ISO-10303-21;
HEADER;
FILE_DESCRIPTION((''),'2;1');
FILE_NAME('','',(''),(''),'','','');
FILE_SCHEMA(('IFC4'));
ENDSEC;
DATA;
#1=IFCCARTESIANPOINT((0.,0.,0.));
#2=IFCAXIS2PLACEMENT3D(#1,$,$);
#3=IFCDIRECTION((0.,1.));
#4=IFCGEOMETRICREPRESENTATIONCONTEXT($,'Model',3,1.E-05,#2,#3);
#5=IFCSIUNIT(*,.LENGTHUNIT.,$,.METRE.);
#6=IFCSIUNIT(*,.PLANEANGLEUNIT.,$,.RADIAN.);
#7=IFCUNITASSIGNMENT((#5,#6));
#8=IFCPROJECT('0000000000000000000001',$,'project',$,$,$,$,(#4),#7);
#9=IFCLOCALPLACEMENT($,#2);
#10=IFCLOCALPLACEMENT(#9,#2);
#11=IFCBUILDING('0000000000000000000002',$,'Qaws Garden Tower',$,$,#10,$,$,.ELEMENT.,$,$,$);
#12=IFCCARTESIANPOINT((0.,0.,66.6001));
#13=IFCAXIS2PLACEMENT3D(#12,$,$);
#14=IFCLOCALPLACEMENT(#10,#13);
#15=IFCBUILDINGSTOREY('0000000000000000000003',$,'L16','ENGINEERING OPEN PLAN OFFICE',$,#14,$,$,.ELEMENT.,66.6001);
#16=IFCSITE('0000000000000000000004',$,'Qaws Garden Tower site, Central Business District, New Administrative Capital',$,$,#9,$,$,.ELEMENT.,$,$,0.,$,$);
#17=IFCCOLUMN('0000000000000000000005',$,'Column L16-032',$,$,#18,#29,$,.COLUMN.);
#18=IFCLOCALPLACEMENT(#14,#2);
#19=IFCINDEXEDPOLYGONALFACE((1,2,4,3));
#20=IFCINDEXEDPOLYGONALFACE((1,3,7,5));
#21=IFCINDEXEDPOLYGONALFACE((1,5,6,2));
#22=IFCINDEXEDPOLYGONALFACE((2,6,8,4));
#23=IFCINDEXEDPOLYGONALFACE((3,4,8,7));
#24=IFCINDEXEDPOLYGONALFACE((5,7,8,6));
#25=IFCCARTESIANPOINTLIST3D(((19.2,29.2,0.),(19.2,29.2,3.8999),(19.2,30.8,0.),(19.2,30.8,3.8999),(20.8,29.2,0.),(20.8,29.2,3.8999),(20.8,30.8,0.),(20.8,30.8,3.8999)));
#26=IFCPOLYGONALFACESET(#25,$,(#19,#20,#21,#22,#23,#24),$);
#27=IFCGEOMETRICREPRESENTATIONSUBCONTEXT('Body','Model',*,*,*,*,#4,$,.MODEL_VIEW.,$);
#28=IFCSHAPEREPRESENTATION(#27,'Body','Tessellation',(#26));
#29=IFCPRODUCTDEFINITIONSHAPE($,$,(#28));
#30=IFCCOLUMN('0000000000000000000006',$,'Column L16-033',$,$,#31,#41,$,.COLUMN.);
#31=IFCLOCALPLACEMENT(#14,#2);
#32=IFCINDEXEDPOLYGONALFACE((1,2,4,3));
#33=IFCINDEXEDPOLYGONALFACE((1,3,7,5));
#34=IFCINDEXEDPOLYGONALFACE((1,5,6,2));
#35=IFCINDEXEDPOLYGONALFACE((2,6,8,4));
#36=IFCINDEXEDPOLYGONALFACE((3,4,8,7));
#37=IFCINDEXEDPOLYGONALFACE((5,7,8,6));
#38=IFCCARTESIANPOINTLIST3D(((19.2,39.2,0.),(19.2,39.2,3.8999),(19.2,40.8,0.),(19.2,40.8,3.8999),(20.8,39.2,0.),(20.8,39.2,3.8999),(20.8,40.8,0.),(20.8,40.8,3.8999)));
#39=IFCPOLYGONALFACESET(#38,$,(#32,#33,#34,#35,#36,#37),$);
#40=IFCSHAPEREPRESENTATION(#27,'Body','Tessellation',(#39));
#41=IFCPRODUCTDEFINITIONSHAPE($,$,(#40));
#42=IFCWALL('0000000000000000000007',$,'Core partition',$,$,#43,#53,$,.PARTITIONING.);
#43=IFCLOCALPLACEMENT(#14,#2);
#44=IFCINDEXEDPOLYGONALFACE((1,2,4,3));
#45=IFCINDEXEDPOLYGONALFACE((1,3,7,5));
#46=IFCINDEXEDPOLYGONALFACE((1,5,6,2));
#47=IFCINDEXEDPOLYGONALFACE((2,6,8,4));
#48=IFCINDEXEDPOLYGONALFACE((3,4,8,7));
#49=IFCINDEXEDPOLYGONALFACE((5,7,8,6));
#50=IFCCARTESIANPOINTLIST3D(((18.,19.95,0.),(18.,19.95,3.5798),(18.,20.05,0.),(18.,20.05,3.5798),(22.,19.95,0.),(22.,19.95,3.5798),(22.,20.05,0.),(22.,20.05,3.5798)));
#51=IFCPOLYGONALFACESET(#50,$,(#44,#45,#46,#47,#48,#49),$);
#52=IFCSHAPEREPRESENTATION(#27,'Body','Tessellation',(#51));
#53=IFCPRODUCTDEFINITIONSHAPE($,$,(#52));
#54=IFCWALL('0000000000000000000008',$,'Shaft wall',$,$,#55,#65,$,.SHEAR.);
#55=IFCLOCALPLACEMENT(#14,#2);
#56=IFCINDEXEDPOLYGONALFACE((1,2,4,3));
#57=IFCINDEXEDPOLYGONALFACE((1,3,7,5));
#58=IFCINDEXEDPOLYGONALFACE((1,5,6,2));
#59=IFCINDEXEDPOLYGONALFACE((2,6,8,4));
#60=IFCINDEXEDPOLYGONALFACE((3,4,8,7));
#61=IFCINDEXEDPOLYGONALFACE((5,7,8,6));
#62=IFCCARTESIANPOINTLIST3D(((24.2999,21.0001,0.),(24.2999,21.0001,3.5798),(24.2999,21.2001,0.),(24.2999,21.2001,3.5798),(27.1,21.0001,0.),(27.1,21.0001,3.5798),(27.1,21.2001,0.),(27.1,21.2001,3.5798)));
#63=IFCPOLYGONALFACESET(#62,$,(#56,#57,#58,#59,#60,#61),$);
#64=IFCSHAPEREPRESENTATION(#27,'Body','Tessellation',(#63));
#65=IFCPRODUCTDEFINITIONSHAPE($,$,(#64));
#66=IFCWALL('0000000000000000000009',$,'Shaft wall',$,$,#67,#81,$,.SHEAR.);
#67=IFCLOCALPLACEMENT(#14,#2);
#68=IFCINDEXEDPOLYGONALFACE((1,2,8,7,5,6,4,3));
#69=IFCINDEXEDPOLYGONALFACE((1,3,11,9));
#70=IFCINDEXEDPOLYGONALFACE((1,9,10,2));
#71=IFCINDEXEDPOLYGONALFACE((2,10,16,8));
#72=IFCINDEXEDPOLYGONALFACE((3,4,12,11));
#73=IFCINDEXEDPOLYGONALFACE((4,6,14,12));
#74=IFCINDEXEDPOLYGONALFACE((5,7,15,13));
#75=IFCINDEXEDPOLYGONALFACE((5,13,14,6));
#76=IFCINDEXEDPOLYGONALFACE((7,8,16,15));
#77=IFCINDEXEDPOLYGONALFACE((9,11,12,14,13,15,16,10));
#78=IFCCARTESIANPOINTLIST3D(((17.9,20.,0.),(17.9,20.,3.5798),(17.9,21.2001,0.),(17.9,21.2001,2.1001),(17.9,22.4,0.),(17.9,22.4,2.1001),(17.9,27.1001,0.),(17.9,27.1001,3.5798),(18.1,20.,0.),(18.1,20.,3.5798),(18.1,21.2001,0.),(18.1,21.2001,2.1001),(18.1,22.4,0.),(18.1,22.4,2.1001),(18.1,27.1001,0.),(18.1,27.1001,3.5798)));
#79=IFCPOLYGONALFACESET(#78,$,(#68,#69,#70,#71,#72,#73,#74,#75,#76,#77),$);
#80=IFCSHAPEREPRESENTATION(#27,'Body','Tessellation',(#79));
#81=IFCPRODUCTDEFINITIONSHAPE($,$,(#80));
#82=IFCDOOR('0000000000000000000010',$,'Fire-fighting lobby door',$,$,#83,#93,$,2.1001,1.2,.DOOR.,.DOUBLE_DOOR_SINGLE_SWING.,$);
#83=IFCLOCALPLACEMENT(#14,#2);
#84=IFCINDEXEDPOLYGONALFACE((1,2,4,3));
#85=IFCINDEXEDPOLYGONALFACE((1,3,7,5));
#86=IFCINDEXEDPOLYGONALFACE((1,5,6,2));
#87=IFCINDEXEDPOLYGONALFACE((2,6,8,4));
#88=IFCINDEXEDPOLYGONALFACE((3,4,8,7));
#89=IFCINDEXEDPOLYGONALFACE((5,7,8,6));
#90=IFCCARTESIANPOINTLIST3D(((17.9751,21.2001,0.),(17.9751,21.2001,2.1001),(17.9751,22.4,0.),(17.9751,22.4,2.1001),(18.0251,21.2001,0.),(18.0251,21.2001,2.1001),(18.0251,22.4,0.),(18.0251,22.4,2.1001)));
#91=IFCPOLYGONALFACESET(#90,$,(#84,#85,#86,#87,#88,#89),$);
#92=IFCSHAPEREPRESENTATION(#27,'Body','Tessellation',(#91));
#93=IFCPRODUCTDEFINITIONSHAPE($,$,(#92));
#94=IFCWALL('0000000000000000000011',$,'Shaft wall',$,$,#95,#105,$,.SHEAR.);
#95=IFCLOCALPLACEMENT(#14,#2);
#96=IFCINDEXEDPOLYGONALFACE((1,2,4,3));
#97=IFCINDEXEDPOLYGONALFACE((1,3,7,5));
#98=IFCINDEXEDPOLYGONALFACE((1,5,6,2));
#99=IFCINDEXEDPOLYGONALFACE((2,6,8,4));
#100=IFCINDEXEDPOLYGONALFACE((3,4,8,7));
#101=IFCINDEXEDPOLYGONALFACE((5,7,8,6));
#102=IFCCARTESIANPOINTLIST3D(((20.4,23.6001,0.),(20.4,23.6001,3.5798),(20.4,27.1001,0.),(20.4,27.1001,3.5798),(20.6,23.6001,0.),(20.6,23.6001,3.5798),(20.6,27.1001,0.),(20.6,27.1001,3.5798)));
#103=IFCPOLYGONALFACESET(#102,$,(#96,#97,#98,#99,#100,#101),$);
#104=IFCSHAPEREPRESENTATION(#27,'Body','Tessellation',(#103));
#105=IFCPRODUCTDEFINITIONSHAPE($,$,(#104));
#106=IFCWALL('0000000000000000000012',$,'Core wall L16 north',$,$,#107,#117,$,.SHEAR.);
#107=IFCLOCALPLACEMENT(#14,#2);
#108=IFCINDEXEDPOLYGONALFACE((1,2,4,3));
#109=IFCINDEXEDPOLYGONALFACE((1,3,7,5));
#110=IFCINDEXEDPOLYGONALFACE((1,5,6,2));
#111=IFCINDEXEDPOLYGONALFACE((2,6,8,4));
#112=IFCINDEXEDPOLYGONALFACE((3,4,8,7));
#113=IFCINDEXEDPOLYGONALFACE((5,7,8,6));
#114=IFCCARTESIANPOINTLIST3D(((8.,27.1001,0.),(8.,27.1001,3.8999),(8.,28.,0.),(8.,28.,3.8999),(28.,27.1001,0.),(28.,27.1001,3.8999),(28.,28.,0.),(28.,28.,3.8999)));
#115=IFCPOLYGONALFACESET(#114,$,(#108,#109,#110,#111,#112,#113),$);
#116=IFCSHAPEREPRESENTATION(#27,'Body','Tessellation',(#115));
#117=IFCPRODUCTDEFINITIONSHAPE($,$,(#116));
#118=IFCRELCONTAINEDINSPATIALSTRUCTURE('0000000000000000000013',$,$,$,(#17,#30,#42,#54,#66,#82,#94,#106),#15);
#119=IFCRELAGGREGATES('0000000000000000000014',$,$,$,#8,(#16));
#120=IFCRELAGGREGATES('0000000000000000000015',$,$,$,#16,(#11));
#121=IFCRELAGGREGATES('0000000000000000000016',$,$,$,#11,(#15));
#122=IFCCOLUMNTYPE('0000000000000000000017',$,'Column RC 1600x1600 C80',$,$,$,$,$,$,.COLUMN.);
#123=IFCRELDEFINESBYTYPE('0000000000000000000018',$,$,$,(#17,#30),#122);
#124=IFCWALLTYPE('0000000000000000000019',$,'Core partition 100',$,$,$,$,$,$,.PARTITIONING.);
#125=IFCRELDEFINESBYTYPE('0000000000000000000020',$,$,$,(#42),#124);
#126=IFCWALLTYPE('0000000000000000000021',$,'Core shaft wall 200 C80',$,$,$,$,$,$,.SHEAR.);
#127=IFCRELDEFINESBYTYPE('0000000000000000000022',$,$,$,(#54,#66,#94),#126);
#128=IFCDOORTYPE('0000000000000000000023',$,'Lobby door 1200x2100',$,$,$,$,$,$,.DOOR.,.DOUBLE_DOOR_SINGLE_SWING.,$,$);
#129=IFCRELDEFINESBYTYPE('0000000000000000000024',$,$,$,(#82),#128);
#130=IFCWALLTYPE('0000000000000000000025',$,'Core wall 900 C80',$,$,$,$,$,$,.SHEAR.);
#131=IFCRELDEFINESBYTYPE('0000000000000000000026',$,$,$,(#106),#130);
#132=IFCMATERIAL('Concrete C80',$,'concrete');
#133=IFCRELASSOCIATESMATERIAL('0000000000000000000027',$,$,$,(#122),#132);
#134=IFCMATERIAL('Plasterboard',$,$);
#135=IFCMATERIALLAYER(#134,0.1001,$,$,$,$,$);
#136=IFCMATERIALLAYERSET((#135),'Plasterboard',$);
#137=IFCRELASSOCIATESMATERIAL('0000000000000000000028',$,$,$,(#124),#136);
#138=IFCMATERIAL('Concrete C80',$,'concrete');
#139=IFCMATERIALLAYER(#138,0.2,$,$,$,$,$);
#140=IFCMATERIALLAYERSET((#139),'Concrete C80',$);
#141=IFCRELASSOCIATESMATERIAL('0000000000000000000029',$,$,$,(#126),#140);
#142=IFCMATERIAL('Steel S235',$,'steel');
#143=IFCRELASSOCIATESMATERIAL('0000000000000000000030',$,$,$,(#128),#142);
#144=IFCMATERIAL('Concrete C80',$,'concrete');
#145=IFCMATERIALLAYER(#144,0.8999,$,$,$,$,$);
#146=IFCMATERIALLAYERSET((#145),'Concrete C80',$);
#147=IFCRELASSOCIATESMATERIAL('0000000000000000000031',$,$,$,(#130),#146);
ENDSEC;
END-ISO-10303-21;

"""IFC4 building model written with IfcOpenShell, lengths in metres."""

from ifc_helpers import new_model, si_unit, direction, frame, frame_2d, origin, origin_2d, place, context, subcontext, project, spatial, rectangle, extrude, material, layer, layer_set, material_profile, profile_set, type_object, element, fill, save


model = new_model("IFC4")

# Units and contexts
model_context = context("Model", 3, precision=1e-05, world=origin(), true_north=direction((0.0, 1.0)))
body_context = subcontext(model_context, "Body", "Model", "MODEL_VIEW")
ifc_project = project(units=[si_unit("LENGTHUNIT", "METRE"), si_unit("PLANEANGLEUNIT", "RADIAN")], contexts=[model_context])

# Site, building, storey
site_placement = place(None, origin())
site = spatial("IfcSite", under=ifc_project, at=site_placement, Name="Qaws Garden Tower site, Central Business District, New Administrative Capital", CompositionType="ELEMENT", RefElevation=0.0)
building_placement = place(site_placement, origin())
building = spatial("IfcBuilding", under=site, at=building_placement, Name="Qaws Garden Tower", CompositionType="ELEMENT")
storey_placement = place(building_placement, frame((0.0, 0.0, 66.6001)))
storey = spatial("IfcBuildingStorey", under=building, at=storey_placement, Name="L16", Description="ENGINEERING OPEN PLAN OFFICE", CompositionType="ELEMENT", Elevation=66.6001)

# Columns
ifc_material_1 = material(Name="Concrete C80", Category="concrete")
ifc_material_profile = material_profile(ifc_material_1, rectangle(XDim=1.6001, YDim=1.6001, at=origin_2d()), Name="RC 1600x1600")
ifc_profile_set = profile_set([ifc_material_profile], Name="Concrete C80")
column_type = type_object("IfcColumnType", Name="Column RC 1600x1600 C80", PredefinedType="COLUMN", material=ifc_profile_set)
for number, where, z_axis, x_axis, name in (
    (1, (20.0, 30.0, 0.0), (0.0, 0.0, 1.0), (1.0, 0.0, 0.0), "Column L16-032"),
    (2, (20.0, 40.0, 0.0), (0.0, 0.0, 1.0), (1.0, 0.0, 0.0), "Column L16-033"),
):
    element("IfcColumn", number, at=place(storey_placement, frame(where, z_axis=z_axis, x_axis=x_axis)), inside=storey, type_object=column_type, Name=name, PredefinedType="COLUMN", context=body_context, shape_type="SweptSolid", body=[
        extrude(rectangle(XDim=1.6001, YDim=1.6001, at=origin_2d()), origin(), (0.0, 0.0, 1.0), 3.8999),
    ])

# Walls
ifc_material_2 = material(Name="Plasterboard")
ifc_layer_1 = layer(ifc_material_2, 0.1001)
ifc_layer_set_1 = layer_set([ifc_layer_1], Name="Plasterboard")
wall_type_1 = type_object("IfcWallType", Name="Core partition 100", PredefinedType="PARTITIONING", material=ifc_layer_set_1)
wall_1_placement = place(storey_placement, frame((18.0, 20.0, 0.0), z_axis=(0.0, 0.0, 1.0), x_axis=(1.0, 0.0, 0.0)))
element("IfcWall", 3, at=wall_1_placement, inside=storey, type_object=wall_type_1, Name="Core partition", PredefinedType="PARTITIONING", context=body_context, shape_type="SweptSolid", body=[
    extrude(rectangle(XDim=4.0, YDim=0.1001, at=frame_2d((2.0, 0.0))), origin(), (0.0, 0.0, 1.0), 3.5798),
])
ifc_material_3 = material(Name="Concrete C80", Category="concrete")
ifc_layer_2 = layer(ifc_material_3, 0.2)
ifc_layer_set_2 = layer_set([ifc_layer_2], Name="Concrete C80")
wall_type_2 = type_object("IfcWallType", Name="Core shaft wall 200 C80", PredefinedType="SHEAR", material=ifc_layer_set_2)
wall_2_placement = place(storey_placement, frame((24.3, 21.1001, 0.0), z_axis=(0.0, 0.0, 1.0), x_axis=(1.0, 0.0, 0.0)))
element("IfcWall", 4, at=wall_2_placement, inside=storey, type_object=wall_type_2, Name="Shaft wall", PredefinedType="SHEAR", context=body_context, shape_type="SweptSolid", body=[
    extrude(rectangle(XDim=2.8, YDim=0.2, at=frame_2d((1.3999, 0.0))), origin(), (0.0, 0.0, 1.0), 3.5798),
])

# Wall, opening, door
wall_3_placement = place(storey_placement, frame((18.0, 20.0, 0.0), z_axis=(0.0, 0.0, 1.0), x_axis=(0.0, 1.0, 0.0)))
wall_3 = element("IfcWall", 5, at=wall_3_placement, inside=storey, type_object=wall_type_2, Name="Shaft wall", PredefinedType="SHEAR", context=body_context, shape_type="SweptSolid", body=[
    extrude(rectangle(XDim=7.1001, YDim=0.2, at=frame_2d((3.55, 0.0))), origin(), (0.0, 0.0, 1.0), 3.5798),
])
opening_1_placement = place(wall_3_placement, frame((1.2, 0.0, 0.0)))
opening_1 = element("IfcOpeningElement", 6, at=opening_1_placement, cuts=wall_3, PredefinedType="OPENING", context=body_context, shape_type="SweptSolid", body=[
    extrude(rectangle(XDim=1.2, YDim=2.1001, at=frame_2d((0.6001, 1.05))), frame((0.0, 0.1099, 0.0), z_axis=(0.0, -1.0, 0.0), x_axis=(1.0, 0.0, 0.0)), (0.0, 0.0, 1.0), 0.22),
])
ifc_material_4 = material(Name="Steel S235", Category="steel")
door_type_1 = type_object("IfcDoorType", Name="Lobby door 1200x2100", OperationType="DOUBLE_DOOR_SINGLE_SWING", PredefinedType="DOOR", material=ifc_material_4)
door_1_placement = place(opening_1_placement, origin())
door_1 = element("IfcDoor", 7, at=door_1_placement, inside=storey, type_object=door_type_1, Name="Fire-fighting lobby door", OperationType="DOUBLE_DOOR_SINGLE_SWING", OverallHeight=2.1001, OverallWidth=1.2, PredefinedType="DOOR", context=body_context, shape_type="SweptSolid", body=[
    extrude(rectangle(XDim=1.2, YDim=2.1001, at=frame_2d((0.6001, 1.05))), frame((0.0, 0.0249, 0.0), z_axis=(0.0, -1.0, 0.0), x_axis=(1.0, 0.0, 0.0)), (0.0, 0.0, 1.0), 0.05),
])
fill(opening_1, door_1)

# Walls
wall_4_placement = place(storey_placement, frame((20.5, 23.6001, 0.0), z_axis=(0.0, 0.0, 1.0), x_axis=(0.0, 1.0, 0.0)))
element("IfcWall", 8, at=wall_4_placement, inside=storey, type_object=wall_type_2, Name="Shaft wall", PredefinedType="SHEAR", context=body_context, shape_type="SweptSolid", body=[
    extrude(rectangle(XDim=3.5, YDim=0.2, at=frame_2d((1.75, 0.0))), origin(), (0.0, 0.0, 1.0), 3.5798),
])
ifc_material_5 = material(Name="Concrete C80", Category="concrete")
ifc_layer_3 = layer(ifc_material_5, 0.8999)
ifc_layer_set_3 = layer_set([ifc_layer_3], Name="Concrete C80")
wall_type_3 = type_object("IfcWallType", Name="Core wall 900 C80", PredefinedType="SHEAR", material=ifc_layer_set_3)
wall_5_placement = place(storey_placement, frame((28.0, 27.55, 0.0), z_axis=(0.0, 0.0, 1.0), x_axis=(-1.0, 0.0, 0.0)))
element("IfcWall", 9, at=wall_5_placement, inside=storey, type_object=wall_type_3, Name="Core wall L16 north", PredefinedType="SHEAR", context=body_context, shape_type="SweptSolid", body=[
    extrude(rectangle(XDim=20.0, YDim=0.8999, at=frame_2d((10.0, 0.0))), origin(), (0.0, 0.0, 1.0), 3.8999),
])

save(model, "model.ifc")
